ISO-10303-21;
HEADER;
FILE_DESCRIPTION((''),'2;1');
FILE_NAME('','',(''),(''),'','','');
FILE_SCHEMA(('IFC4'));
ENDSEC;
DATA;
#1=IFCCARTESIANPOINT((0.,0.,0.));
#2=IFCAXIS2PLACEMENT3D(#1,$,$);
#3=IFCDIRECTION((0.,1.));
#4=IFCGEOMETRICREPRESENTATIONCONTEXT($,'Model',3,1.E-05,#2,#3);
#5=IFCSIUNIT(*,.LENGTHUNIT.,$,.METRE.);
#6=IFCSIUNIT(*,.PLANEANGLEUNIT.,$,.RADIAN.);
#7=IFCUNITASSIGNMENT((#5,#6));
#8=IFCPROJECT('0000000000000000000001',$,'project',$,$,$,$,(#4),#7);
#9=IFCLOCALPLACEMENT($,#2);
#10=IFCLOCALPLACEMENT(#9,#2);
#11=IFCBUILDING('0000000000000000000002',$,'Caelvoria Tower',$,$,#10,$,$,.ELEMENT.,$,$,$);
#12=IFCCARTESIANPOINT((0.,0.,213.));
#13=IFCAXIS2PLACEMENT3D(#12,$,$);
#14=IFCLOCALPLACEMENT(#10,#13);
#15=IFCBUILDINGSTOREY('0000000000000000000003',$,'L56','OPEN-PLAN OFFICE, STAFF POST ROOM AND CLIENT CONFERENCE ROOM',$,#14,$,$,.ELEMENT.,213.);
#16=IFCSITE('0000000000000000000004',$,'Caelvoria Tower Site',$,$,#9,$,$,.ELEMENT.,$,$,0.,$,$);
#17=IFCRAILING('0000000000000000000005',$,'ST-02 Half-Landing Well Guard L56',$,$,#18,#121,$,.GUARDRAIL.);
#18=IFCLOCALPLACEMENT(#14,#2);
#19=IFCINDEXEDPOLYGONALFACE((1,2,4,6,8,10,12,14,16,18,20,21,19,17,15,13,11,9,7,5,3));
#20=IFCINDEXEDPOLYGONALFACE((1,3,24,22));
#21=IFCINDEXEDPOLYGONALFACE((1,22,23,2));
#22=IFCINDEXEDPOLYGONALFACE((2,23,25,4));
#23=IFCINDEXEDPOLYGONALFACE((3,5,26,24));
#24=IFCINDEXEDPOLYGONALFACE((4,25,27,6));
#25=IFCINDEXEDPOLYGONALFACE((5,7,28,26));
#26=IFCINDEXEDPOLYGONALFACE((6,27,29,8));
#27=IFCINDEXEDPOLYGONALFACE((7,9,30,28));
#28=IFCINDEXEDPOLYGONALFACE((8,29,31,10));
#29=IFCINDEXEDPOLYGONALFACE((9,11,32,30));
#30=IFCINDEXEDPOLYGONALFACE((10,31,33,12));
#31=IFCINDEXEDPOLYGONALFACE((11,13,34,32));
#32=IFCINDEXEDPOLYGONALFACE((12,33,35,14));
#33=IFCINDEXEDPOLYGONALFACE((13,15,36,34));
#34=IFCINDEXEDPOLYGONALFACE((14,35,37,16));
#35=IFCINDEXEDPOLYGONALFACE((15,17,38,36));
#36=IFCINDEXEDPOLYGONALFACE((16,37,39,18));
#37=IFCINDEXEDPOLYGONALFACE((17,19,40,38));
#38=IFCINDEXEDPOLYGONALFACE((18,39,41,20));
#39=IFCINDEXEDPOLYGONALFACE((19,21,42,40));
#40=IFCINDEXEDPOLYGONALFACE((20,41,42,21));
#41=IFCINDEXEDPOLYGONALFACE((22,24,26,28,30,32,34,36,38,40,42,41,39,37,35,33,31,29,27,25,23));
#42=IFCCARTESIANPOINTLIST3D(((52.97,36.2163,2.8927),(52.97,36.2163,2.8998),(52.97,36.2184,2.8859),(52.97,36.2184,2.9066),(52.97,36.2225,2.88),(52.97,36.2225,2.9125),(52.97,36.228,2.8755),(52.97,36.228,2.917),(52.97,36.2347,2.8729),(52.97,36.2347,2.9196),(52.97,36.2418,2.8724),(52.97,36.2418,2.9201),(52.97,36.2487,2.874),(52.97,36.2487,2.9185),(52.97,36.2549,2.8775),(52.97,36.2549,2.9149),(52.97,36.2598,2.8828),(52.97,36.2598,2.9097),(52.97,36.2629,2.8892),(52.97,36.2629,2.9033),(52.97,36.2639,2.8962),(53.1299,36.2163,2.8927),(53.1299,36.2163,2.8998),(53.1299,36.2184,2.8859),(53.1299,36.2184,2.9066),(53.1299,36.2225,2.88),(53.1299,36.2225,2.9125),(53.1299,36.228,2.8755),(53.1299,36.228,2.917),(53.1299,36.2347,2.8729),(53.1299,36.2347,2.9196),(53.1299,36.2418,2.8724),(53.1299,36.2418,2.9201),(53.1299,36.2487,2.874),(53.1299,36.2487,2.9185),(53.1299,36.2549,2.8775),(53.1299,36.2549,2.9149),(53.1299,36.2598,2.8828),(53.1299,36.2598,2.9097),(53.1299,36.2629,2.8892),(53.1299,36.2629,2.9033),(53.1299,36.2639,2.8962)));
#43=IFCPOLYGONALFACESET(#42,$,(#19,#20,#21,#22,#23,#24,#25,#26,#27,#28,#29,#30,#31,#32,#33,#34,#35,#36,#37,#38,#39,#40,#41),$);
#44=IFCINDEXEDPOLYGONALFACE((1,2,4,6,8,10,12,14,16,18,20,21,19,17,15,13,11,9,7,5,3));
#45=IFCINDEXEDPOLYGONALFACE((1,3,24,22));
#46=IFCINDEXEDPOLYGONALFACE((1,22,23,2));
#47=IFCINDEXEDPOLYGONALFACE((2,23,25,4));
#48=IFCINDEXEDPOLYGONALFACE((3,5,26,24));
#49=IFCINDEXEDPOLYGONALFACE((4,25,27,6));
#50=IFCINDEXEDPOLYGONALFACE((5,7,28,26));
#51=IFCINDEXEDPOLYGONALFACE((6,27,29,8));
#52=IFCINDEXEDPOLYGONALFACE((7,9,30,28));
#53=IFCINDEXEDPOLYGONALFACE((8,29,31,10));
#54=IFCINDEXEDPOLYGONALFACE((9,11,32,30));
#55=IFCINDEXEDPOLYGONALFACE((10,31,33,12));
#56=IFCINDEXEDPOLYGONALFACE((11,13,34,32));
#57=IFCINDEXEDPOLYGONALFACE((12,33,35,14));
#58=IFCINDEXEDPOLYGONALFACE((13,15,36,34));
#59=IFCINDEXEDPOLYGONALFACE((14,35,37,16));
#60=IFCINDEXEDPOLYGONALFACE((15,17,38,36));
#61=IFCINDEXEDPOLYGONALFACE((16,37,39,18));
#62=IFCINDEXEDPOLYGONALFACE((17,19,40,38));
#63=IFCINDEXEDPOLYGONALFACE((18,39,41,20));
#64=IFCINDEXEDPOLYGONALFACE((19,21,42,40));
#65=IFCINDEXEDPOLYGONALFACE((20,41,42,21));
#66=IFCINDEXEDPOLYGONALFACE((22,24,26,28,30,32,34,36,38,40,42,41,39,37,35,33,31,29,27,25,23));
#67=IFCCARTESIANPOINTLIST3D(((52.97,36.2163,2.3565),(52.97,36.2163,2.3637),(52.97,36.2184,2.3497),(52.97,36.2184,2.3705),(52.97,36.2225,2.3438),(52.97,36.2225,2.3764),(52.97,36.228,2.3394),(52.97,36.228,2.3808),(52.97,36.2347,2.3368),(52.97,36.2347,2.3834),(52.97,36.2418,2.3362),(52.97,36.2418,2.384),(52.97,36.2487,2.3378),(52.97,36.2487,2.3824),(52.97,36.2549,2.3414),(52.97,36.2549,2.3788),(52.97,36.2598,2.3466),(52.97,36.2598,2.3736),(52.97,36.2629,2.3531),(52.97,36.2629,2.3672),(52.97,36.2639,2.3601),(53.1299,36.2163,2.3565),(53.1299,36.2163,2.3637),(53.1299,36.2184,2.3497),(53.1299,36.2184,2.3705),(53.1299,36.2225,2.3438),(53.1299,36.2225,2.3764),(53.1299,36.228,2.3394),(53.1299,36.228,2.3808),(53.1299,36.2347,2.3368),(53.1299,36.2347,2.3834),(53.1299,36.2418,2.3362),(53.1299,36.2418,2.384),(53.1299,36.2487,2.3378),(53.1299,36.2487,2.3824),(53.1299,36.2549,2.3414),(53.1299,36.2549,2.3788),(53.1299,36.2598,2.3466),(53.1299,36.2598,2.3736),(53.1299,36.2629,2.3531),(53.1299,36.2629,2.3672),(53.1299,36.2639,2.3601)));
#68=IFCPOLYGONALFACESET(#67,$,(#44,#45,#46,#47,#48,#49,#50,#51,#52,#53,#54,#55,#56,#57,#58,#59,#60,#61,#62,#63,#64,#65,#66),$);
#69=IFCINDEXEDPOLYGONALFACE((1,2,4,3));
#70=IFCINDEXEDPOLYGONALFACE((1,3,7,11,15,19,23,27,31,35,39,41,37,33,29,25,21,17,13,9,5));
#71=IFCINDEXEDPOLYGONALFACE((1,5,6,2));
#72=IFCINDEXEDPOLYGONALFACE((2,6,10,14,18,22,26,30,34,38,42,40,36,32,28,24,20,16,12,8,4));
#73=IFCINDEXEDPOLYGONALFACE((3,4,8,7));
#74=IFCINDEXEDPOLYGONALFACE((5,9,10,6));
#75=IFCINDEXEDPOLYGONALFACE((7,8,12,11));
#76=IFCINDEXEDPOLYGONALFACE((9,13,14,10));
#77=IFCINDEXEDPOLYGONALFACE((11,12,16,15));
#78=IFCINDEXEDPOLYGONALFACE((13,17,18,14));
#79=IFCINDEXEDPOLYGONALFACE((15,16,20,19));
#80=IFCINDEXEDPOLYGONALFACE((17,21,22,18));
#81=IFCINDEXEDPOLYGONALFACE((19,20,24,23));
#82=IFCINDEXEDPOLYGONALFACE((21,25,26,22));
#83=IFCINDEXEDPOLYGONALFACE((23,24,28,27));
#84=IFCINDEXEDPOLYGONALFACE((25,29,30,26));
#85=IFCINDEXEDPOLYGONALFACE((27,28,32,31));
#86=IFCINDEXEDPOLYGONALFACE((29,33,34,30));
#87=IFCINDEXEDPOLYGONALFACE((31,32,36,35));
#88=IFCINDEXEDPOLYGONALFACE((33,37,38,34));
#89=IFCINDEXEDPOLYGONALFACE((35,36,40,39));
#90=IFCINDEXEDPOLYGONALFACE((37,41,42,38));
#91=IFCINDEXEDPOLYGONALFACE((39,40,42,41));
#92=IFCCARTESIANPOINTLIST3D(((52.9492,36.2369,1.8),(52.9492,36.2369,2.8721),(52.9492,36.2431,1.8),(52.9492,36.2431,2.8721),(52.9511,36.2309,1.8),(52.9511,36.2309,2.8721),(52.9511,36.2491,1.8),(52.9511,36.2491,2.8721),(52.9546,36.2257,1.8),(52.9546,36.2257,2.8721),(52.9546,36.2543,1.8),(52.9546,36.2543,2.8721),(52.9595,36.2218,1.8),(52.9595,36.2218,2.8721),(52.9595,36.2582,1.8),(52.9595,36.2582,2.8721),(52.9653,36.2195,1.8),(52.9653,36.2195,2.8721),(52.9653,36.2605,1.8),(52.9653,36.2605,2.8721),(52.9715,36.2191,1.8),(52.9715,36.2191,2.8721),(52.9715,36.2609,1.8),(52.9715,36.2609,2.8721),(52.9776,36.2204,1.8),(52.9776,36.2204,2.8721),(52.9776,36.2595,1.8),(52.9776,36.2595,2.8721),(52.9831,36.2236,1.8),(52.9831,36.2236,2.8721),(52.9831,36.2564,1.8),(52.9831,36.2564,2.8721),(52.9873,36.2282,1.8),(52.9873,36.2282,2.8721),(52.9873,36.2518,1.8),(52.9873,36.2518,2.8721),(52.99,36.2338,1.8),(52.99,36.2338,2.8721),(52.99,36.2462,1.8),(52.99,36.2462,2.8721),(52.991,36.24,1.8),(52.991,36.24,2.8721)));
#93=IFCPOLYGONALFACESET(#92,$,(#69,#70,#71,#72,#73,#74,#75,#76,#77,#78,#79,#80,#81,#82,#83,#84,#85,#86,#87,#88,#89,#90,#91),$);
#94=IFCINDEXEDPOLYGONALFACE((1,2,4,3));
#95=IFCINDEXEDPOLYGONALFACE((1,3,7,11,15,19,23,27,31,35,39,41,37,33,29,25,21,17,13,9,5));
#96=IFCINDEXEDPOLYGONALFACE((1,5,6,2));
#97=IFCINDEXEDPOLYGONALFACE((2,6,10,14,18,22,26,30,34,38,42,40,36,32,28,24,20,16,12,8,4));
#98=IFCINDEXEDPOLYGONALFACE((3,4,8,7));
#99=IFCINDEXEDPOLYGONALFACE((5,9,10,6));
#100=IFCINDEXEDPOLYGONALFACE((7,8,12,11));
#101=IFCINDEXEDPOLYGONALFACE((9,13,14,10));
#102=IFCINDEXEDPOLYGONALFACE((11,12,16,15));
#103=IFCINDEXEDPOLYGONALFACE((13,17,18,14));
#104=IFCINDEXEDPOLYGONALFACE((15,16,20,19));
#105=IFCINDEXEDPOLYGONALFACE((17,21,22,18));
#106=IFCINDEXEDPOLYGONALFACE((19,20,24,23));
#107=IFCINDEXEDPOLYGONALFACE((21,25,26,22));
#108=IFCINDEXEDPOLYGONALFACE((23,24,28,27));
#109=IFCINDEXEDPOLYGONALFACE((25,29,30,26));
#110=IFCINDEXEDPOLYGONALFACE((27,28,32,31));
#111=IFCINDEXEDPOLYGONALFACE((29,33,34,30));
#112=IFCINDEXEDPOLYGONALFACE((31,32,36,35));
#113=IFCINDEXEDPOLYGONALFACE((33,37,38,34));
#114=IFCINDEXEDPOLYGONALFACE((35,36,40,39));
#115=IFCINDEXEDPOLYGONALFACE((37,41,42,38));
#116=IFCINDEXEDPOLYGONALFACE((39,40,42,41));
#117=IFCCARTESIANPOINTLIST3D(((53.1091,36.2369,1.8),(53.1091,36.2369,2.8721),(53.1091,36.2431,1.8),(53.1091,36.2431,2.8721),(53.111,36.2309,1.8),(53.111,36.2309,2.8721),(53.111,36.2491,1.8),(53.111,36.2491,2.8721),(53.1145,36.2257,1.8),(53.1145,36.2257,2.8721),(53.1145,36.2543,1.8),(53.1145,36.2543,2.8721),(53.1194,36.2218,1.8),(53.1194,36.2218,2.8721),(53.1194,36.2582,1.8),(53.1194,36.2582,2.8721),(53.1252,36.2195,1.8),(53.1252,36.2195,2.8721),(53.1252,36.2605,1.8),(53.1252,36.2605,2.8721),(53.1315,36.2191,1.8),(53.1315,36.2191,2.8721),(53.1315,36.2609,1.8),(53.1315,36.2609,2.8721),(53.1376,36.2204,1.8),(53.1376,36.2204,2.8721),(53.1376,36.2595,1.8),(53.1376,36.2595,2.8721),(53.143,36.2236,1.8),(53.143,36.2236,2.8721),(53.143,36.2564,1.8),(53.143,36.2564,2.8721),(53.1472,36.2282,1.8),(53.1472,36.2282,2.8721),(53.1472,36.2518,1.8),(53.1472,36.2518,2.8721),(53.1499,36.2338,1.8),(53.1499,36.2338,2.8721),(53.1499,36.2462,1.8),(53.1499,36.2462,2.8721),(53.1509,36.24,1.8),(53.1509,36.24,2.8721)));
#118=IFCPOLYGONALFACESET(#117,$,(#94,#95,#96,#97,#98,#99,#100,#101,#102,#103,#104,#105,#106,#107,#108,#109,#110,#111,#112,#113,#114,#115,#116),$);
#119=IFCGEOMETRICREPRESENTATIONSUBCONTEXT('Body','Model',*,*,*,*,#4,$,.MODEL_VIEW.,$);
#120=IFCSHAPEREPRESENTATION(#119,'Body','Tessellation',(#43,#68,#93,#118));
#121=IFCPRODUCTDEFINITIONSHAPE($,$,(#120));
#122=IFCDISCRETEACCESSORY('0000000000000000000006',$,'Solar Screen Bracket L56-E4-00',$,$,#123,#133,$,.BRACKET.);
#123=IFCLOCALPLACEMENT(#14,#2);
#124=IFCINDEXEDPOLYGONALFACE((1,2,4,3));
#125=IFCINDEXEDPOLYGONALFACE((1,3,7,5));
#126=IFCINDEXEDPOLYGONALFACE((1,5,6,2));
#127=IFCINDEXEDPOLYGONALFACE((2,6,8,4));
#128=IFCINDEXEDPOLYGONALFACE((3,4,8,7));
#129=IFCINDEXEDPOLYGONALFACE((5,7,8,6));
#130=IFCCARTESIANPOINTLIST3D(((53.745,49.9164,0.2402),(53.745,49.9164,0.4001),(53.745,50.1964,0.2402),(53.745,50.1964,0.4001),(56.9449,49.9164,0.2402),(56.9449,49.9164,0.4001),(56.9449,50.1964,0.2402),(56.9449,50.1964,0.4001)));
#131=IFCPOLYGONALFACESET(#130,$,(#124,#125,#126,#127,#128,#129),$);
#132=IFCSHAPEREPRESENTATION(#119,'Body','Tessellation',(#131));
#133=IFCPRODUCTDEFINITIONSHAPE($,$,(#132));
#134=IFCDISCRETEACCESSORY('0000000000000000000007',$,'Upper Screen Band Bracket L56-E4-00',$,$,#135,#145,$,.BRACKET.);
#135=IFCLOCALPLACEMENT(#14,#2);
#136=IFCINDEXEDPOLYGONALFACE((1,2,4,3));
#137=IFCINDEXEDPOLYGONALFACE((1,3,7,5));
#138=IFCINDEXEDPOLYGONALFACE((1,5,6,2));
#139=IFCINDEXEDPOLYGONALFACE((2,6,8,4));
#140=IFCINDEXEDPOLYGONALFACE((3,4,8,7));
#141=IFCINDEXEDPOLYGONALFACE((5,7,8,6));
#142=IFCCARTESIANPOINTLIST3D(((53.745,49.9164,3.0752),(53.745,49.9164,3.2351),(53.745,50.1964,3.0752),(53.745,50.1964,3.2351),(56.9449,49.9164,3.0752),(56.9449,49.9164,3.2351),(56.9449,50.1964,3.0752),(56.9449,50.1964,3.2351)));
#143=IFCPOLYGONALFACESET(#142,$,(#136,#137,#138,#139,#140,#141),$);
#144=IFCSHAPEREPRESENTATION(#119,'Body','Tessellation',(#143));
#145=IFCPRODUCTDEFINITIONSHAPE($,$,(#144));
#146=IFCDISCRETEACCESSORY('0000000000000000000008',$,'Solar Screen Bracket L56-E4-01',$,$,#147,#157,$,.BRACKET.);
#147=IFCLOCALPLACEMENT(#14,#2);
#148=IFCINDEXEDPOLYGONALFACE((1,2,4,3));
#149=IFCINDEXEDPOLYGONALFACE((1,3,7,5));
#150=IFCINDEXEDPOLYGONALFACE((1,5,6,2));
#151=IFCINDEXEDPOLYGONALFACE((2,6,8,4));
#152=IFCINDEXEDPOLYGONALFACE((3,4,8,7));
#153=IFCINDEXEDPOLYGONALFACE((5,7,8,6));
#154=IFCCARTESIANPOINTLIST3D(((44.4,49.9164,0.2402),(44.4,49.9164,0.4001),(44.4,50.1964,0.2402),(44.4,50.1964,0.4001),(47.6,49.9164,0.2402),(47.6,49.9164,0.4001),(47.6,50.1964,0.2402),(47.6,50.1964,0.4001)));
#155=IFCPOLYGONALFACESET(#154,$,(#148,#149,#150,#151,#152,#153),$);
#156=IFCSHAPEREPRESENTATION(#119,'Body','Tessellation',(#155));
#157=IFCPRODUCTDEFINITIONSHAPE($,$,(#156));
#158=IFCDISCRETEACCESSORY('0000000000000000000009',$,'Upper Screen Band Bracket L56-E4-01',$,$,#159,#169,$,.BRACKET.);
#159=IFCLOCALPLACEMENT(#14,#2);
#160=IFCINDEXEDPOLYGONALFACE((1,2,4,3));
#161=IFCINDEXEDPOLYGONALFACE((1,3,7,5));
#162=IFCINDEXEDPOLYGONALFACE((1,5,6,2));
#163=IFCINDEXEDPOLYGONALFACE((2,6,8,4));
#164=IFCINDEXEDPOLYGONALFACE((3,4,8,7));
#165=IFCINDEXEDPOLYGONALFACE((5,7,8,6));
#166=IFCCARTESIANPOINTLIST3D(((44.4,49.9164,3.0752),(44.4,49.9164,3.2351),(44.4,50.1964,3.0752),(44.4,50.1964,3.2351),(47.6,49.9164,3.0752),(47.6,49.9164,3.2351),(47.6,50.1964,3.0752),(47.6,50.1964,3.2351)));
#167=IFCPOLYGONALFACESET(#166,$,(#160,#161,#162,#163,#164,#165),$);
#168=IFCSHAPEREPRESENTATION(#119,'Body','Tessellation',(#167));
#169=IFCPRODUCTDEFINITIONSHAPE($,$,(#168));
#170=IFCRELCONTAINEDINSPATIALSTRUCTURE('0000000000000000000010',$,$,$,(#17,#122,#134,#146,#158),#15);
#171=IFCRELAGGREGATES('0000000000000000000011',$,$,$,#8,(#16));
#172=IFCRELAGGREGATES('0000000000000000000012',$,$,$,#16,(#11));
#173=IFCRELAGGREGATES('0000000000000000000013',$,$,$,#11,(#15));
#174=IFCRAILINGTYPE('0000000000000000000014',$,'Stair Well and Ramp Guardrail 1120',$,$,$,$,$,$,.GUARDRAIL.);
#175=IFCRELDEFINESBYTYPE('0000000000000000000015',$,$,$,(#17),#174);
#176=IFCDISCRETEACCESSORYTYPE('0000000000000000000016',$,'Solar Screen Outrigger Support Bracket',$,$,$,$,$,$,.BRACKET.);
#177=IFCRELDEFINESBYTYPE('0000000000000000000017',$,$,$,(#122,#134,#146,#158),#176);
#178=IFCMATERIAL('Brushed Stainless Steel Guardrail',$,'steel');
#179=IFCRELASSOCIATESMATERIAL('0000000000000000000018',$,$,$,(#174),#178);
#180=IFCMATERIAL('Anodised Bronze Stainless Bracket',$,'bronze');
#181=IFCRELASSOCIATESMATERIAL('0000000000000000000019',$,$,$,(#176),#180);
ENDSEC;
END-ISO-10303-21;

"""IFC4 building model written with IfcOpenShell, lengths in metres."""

from ifc_helpers import new_model, si_unit, direction, frame, origin, origin_2d, place, context, subcontext, project, spatial, rectangle, circle, extrude, material, type_object, element, save


model = new_model("IFC4")

# Units and contexts
model_context = context("Model", 3, precision=1e-05, world=origin(), true_north=direction((0.0, 1.0)))
body_context = subcontext(model_context, "Body", "Model", "MODEL_VIEW")
ifc_project = project(units=[si_unit("LENGTHUNIT", "METRE"), si_unit("PLANEANGLEUNIT", "RADIAN")], contexts=[model_context])

# Site, building, storey
site_placement = place(None, origin())
site = spatial("IfcSite", under=ifc_project, at=site_placement, Name="Caelvoria Tower Site", CompositionType="ELEMENT", RefElevation=0.0)
building_placement = place(site_placement, origin())
building = spatial("IfcBuilding", under=site, at=building_placement, Name="Caelvoria Tower", CompositionType="ELEMENT")
storey_placement = place(building_placement, frame((0.0, 0.0, 213.0)))
storey = spatial("IfcBuildingStorey", under=building, at=storey_placement, Name="L56", Description="OPEN-PLAN OFFICE, STAFF POST ROOM AND CLIENT CONFERENCE ROOM", CompositionType="ELEMENT", Elevation=213.0)

# Railing
ifc_material_1 = material(Name="Brushed Stainless Steel Guardrail", Category="steel")
railing_type_1 = type_object("IfcRailingType", Name="Stair Well and Ramp Guardrail 1120", PredefinedType="GUARDRAIL", material=ifc_material_1)
railing_1_placement = place(storey_placement, frame((52.97, 36.24, 1.8)))
element("IfcRailing", 1, at=railing_1_placement, inside=storey, type_object=railing_type_1, Name="ST-02 Half-Landing Well Guard L56", PredefinedType="GUARDRAIL", context=body_context, shape_type="SweptSolid", body=[
    extrude(circle(Radius=0.0239, at=origin_2d()), frame((0.0, 0.0, 1.0962), z_axis=(1.0, 0.0, 0.0), x_axis=(0.0, 1.0, 0.0)), (0.0, 0.0, 1.0), 0.1599),
    extrude(circle(Radius=0.0239, at=origin_2d()), frame((0.0, 0.0, 0.5601), z_axis=(1.0, 0.0, 0.0), x_axis=(0.0, 1.0, 0.0)), (0.0, 0.0, 1.0), 0.1599),
    extrude(circle(Radius=0.021, at=origin_2d()), origin(), (0.0, 0.0, 1.0), 1.072),
    extrude(circle(Radius=0.021, at=origin_2d()), frame((0.1599, 0.0, 0.0)), (0.0, 0.0, 1.0), 1.072),
])

# Discrete accessories
ifc_material_2 = material(Name="Anodised Bronze Stainless Bracket", Category="bronze")
discrete_accessory_type = type_object("IfcDiscreteAccessoryType", Name="Solar Screen Outrigger Support Bracket", PredefinedType="BRACKET", material=ifc_material_2)
for number, where, z_axis, x_axis, name in (
    (2, (55.345, 50.0564, 0.2402), (0.0, 0.0, 1.0), (-1.0, 0.0, 0.0), "Solar Screen Bracket L56-E4-00"),
    (3, (55.345, 50.0564, 3.0752), (0.0, 0.0, 1.0), (-1.0, 0.0, 0.0), "Upper Screen Band Bracket L56-E4-00"),
    (4, (46.0, 50.0564, 0.2402), (0.0, 0.0, 1.0), (-1.0, 0.0, 0.0), "Solar Screen Bracket L56-E4-01"),
    (5, (46.0, 50.0564, 3.0752), (0.0, 0.0, 1.0), (-1.0, 0.0, 0.0), "Upper Screen Band Bracket L56-E4-01"),
):
    element("IfcDiscreteAccessory", number, at=place(storey_placement, frame(where, z_axis=z_axis, x_axis=x_axis)), inside=storey, type_object=discrete_accessory_type, Name=name, PredefinedType="BRACKET", context=body_context, shape_type="SweptSolid", body=[
        extrude(rectangle(XDim=3.2, YDim=0.28, at=origin_2d()), origin(), (0.0, 0.0, 1.0), 0.1599),
    ])

save(model, "model.ifc")
